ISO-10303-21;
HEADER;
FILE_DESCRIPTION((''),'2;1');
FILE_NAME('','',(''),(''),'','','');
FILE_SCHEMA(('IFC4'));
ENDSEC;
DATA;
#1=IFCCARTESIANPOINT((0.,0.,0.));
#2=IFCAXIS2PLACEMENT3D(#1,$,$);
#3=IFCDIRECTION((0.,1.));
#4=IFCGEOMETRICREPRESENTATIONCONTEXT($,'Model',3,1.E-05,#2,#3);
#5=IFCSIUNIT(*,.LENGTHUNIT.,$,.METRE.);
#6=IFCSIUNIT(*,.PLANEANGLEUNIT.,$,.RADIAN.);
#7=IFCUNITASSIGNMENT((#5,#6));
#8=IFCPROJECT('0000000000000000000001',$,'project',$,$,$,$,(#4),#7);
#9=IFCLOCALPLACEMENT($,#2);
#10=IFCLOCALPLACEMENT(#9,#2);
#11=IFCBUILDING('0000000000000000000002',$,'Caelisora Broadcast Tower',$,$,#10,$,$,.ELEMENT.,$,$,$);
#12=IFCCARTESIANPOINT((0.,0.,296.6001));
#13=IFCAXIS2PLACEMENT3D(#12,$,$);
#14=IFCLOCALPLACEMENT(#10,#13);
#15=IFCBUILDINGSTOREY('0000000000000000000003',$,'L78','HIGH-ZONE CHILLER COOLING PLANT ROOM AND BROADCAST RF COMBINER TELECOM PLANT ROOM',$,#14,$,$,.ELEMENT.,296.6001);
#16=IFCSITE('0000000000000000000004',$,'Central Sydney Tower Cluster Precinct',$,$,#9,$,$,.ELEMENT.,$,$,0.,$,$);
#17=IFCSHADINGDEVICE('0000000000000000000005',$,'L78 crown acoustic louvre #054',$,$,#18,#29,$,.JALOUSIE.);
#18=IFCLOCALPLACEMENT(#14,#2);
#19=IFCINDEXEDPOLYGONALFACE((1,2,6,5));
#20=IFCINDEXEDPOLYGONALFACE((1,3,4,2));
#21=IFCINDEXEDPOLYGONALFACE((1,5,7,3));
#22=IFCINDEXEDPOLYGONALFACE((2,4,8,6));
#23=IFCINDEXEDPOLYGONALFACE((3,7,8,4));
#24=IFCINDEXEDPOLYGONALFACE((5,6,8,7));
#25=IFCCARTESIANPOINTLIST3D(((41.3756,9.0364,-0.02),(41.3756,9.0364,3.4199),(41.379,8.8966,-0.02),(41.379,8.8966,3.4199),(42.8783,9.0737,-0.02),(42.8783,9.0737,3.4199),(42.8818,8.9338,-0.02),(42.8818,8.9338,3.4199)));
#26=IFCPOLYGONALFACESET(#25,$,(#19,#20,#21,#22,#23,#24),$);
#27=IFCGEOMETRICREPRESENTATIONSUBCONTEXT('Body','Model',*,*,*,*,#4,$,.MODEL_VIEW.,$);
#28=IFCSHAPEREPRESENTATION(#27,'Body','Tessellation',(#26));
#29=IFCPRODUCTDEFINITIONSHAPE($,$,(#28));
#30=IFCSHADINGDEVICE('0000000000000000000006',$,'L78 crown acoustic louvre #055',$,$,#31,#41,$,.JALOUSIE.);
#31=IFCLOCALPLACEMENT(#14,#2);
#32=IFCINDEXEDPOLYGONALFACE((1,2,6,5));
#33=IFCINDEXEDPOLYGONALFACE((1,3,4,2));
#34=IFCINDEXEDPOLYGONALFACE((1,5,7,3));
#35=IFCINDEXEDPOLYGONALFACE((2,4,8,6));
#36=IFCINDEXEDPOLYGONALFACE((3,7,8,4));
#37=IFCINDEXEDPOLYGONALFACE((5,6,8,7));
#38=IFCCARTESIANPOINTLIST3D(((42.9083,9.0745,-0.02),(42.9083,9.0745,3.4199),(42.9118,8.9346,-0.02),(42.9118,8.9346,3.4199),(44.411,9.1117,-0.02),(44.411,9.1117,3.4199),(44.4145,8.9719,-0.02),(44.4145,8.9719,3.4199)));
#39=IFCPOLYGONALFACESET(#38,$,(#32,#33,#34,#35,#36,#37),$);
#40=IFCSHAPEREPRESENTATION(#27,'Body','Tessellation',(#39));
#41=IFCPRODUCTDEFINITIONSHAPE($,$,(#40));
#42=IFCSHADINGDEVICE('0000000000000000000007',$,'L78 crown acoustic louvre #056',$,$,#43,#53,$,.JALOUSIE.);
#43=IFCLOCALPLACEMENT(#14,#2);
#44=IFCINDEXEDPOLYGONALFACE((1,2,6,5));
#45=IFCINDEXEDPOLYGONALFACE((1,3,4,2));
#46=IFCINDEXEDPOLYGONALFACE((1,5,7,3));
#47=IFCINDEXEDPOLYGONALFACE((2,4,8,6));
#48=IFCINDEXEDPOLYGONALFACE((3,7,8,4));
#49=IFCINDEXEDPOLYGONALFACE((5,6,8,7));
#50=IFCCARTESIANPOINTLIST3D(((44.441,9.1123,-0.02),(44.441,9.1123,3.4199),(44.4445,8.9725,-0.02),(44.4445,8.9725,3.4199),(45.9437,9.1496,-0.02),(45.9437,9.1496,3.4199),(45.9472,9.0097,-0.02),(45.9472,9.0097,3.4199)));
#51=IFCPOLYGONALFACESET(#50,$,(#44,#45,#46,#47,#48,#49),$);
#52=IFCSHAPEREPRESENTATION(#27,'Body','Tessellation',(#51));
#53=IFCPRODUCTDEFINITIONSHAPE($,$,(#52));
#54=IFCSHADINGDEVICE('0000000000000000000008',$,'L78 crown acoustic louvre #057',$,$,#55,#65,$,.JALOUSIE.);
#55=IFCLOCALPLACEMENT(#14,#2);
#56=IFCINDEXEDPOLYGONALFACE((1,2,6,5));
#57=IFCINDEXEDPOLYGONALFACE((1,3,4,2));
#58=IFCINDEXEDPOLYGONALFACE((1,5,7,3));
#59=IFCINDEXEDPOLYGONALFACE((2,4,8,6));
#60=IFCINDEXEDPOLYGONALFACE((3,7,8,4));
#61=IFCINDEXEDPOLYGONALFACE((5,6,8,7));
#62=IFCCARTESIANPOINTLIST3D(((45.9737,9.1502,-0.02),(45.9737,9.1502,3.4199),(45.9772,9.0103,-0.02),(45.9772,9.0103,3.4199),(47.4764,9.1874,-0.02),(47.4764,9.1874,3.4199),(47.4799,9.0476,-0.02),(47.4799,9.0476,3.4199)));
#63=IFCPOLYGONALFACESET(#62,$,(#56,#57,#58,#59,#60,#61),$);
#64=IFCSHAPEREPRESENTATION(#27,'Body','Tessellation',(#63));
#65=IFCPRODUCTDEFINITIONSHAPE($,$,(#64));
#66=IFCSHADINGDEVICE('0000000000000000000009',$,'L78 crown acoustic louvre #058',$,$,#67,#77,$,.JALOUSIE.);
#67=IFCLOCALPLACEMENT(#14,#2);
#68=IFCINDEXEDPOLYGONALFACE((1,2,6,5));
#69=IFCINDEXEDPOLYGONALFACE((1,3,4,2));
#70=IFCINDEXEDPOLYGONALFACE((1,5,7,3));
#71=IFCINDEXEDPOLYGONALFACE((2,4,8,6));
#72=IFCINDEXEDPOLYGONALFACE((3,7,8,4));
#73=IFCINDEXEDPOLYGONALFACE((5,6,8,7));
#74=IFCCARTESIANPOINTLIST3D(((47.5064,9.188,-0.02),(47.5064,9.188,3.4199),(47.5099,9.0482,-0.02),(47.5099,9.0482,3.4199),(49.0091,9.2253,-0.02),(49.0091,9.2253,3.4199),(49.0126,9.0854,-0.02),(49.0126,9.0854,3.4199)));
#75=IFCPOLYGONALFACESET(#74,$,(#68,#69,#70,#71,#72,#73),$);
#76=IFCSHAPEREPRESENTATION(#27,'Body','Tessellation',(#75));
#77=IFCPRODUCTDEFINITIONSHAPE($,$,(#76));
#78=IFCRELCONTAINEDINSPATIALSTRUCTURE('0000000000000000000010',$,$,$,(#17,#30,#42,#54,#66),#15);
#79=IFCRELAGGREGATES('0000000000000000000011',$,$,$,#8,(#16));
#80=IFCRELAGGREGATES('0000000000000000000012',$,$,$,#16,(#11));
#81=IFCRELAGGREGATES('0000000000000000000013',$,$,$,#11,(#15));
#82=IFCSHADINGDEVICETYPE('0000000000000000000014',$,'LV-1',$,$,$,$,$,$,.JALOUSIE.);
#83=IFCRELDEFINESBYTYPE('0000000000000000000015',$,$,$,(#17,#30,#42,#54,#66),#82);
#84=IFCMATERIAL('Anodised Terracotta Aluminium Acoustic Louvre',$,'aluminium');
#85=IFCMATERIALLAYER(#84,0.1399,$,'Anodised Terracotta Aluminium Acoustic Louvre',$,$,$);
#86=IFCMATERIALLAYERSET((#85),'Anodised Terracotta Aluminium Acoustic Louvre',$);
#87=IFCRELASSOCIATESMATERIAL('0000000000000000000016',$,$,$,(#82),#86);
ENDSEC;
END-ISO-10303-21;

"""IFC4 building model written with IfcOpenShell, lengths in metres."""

from ifc_helpers import new_model, si_unit, direction, frame, origin, origin_2d, place, context, subcontext, project, spatial, rectangle, extrude, source, transform, mapped, material, layer, layer_set, type_object, type_shapes, element, save


model = new_model("IFC4")

# Units and contexts
model_context = context("Model", 3, precision=1e-05, world=origin(), true_north=direction((0.0, 1.0)))
body_context = subcontext(model_context, "Body", "Model", "MODEL_VIEW")
ifc_project = project(units=[si_unit("LENGTHUNIT", "METRE"), si_unit("PLANEANGLEUNIT", "RADIAN")], contexts=[model_context])

# Site, building, storey
site_placement = place(None, origin())
site = spatial("IfcSite", under=ifc_project, at=site_placement, Name="Central Sydney Tower Cluster Precinct", CompositionType="ELEMENT", RefElevation=0.0)
building_placement = place(site_placement, origin())
building = spatial("IfcBuilding", under=site, at=building_placement, Name="Caelisora Broadcast Tower", CompositionType="ELEMENT")
storey_placement = place(building_placement, frame((0.0, 0.0, 296.6001)))
storey = spatial("IfcBuildingStorey", under=building, at=storey_placement, Name="L78", Description="HIGH-ZONE CHILLER COOLING PLANT ROOM AND BROADCAST RF COMBINER TELECOM PLANT ROOM", CompositionType="ELEMENT", Elevation=296.6001)

# Shading devices
ifc_material_1 = material(Name="Anodised Terracotta Aluminium Acoustic Louvre", Category="aluminium")
ifc_layer_1 = layer(ifc_material_1, 0.1399, Name="Anodised Terracotta Aluminium Acoustic Louvre")
ifc_layer_set_1 = layer_set([ifc_layer_1], Name="Anodised Terracotta Aluminium Acoustic Louvre")
shading_device_type = type_object("IfcShadingDeviceType", Name="LV-1", PredefinedType="JALOUSIE", material=ifc_layer_set_1)
shared_shape_1 = source(origin(), body_context, "Body", "SweptSolid", [
    extrude(rectangle(XDim=1.5032, YDim=0.1399, at=origin_2d()), origin(), (0.0, 0.0, 1.0), 3.4399),
])
type_shapes(shading_device_type, [shared_shape_1])
for number, where, z_axis, x_axis, name in (
    (1, (42.1287, 8.9851, -0.02), (0.0, 0.0, 1.0), (0.999693, 0.024781, 0.0), "L78 crown acoustic louvre #054"),
    (2, (43.6614, 9.0232, -0.02), (0.0, 0.0, 1.0), (0.999693, 0.024781, 0.0), "L78 crown acoustic louvre #055"),
    (3, (45.1941, 9.061, -0.02), (0.0, 0.0, 1.0), (0.999693, 0.024781, 0.0), "L78 crown acoustic louvre #056"),
    (4, (46.7268, 9.0989, -0.02), (0.0, 0.0, 1.0), (0.999693, 0.024781, 0.0), "L78 crown acoustic louvre #057"),
    (5, (48.2595, 9.1367, -0.02), (0.0, 0.0, 1.0), (0.999693, 0.024781, 0.0), "L78 crown acoustic louvre #058"),
):
    element("IfcShadingDevice", number, at=place(storey_placement, frame(where, z_axis=z_axis, x_axis=x_axis)), inside=storey, type_object=shading_device_type, Name=name, PredefinedType="JALOUSIE", context=body_context, shape_type="MappedRepresentation", body=[
        mapped(shared_shape_1, transform((0.0, 0.0, 0.0), scale=1.0)),
    ])

save(model, "model.ifc")
